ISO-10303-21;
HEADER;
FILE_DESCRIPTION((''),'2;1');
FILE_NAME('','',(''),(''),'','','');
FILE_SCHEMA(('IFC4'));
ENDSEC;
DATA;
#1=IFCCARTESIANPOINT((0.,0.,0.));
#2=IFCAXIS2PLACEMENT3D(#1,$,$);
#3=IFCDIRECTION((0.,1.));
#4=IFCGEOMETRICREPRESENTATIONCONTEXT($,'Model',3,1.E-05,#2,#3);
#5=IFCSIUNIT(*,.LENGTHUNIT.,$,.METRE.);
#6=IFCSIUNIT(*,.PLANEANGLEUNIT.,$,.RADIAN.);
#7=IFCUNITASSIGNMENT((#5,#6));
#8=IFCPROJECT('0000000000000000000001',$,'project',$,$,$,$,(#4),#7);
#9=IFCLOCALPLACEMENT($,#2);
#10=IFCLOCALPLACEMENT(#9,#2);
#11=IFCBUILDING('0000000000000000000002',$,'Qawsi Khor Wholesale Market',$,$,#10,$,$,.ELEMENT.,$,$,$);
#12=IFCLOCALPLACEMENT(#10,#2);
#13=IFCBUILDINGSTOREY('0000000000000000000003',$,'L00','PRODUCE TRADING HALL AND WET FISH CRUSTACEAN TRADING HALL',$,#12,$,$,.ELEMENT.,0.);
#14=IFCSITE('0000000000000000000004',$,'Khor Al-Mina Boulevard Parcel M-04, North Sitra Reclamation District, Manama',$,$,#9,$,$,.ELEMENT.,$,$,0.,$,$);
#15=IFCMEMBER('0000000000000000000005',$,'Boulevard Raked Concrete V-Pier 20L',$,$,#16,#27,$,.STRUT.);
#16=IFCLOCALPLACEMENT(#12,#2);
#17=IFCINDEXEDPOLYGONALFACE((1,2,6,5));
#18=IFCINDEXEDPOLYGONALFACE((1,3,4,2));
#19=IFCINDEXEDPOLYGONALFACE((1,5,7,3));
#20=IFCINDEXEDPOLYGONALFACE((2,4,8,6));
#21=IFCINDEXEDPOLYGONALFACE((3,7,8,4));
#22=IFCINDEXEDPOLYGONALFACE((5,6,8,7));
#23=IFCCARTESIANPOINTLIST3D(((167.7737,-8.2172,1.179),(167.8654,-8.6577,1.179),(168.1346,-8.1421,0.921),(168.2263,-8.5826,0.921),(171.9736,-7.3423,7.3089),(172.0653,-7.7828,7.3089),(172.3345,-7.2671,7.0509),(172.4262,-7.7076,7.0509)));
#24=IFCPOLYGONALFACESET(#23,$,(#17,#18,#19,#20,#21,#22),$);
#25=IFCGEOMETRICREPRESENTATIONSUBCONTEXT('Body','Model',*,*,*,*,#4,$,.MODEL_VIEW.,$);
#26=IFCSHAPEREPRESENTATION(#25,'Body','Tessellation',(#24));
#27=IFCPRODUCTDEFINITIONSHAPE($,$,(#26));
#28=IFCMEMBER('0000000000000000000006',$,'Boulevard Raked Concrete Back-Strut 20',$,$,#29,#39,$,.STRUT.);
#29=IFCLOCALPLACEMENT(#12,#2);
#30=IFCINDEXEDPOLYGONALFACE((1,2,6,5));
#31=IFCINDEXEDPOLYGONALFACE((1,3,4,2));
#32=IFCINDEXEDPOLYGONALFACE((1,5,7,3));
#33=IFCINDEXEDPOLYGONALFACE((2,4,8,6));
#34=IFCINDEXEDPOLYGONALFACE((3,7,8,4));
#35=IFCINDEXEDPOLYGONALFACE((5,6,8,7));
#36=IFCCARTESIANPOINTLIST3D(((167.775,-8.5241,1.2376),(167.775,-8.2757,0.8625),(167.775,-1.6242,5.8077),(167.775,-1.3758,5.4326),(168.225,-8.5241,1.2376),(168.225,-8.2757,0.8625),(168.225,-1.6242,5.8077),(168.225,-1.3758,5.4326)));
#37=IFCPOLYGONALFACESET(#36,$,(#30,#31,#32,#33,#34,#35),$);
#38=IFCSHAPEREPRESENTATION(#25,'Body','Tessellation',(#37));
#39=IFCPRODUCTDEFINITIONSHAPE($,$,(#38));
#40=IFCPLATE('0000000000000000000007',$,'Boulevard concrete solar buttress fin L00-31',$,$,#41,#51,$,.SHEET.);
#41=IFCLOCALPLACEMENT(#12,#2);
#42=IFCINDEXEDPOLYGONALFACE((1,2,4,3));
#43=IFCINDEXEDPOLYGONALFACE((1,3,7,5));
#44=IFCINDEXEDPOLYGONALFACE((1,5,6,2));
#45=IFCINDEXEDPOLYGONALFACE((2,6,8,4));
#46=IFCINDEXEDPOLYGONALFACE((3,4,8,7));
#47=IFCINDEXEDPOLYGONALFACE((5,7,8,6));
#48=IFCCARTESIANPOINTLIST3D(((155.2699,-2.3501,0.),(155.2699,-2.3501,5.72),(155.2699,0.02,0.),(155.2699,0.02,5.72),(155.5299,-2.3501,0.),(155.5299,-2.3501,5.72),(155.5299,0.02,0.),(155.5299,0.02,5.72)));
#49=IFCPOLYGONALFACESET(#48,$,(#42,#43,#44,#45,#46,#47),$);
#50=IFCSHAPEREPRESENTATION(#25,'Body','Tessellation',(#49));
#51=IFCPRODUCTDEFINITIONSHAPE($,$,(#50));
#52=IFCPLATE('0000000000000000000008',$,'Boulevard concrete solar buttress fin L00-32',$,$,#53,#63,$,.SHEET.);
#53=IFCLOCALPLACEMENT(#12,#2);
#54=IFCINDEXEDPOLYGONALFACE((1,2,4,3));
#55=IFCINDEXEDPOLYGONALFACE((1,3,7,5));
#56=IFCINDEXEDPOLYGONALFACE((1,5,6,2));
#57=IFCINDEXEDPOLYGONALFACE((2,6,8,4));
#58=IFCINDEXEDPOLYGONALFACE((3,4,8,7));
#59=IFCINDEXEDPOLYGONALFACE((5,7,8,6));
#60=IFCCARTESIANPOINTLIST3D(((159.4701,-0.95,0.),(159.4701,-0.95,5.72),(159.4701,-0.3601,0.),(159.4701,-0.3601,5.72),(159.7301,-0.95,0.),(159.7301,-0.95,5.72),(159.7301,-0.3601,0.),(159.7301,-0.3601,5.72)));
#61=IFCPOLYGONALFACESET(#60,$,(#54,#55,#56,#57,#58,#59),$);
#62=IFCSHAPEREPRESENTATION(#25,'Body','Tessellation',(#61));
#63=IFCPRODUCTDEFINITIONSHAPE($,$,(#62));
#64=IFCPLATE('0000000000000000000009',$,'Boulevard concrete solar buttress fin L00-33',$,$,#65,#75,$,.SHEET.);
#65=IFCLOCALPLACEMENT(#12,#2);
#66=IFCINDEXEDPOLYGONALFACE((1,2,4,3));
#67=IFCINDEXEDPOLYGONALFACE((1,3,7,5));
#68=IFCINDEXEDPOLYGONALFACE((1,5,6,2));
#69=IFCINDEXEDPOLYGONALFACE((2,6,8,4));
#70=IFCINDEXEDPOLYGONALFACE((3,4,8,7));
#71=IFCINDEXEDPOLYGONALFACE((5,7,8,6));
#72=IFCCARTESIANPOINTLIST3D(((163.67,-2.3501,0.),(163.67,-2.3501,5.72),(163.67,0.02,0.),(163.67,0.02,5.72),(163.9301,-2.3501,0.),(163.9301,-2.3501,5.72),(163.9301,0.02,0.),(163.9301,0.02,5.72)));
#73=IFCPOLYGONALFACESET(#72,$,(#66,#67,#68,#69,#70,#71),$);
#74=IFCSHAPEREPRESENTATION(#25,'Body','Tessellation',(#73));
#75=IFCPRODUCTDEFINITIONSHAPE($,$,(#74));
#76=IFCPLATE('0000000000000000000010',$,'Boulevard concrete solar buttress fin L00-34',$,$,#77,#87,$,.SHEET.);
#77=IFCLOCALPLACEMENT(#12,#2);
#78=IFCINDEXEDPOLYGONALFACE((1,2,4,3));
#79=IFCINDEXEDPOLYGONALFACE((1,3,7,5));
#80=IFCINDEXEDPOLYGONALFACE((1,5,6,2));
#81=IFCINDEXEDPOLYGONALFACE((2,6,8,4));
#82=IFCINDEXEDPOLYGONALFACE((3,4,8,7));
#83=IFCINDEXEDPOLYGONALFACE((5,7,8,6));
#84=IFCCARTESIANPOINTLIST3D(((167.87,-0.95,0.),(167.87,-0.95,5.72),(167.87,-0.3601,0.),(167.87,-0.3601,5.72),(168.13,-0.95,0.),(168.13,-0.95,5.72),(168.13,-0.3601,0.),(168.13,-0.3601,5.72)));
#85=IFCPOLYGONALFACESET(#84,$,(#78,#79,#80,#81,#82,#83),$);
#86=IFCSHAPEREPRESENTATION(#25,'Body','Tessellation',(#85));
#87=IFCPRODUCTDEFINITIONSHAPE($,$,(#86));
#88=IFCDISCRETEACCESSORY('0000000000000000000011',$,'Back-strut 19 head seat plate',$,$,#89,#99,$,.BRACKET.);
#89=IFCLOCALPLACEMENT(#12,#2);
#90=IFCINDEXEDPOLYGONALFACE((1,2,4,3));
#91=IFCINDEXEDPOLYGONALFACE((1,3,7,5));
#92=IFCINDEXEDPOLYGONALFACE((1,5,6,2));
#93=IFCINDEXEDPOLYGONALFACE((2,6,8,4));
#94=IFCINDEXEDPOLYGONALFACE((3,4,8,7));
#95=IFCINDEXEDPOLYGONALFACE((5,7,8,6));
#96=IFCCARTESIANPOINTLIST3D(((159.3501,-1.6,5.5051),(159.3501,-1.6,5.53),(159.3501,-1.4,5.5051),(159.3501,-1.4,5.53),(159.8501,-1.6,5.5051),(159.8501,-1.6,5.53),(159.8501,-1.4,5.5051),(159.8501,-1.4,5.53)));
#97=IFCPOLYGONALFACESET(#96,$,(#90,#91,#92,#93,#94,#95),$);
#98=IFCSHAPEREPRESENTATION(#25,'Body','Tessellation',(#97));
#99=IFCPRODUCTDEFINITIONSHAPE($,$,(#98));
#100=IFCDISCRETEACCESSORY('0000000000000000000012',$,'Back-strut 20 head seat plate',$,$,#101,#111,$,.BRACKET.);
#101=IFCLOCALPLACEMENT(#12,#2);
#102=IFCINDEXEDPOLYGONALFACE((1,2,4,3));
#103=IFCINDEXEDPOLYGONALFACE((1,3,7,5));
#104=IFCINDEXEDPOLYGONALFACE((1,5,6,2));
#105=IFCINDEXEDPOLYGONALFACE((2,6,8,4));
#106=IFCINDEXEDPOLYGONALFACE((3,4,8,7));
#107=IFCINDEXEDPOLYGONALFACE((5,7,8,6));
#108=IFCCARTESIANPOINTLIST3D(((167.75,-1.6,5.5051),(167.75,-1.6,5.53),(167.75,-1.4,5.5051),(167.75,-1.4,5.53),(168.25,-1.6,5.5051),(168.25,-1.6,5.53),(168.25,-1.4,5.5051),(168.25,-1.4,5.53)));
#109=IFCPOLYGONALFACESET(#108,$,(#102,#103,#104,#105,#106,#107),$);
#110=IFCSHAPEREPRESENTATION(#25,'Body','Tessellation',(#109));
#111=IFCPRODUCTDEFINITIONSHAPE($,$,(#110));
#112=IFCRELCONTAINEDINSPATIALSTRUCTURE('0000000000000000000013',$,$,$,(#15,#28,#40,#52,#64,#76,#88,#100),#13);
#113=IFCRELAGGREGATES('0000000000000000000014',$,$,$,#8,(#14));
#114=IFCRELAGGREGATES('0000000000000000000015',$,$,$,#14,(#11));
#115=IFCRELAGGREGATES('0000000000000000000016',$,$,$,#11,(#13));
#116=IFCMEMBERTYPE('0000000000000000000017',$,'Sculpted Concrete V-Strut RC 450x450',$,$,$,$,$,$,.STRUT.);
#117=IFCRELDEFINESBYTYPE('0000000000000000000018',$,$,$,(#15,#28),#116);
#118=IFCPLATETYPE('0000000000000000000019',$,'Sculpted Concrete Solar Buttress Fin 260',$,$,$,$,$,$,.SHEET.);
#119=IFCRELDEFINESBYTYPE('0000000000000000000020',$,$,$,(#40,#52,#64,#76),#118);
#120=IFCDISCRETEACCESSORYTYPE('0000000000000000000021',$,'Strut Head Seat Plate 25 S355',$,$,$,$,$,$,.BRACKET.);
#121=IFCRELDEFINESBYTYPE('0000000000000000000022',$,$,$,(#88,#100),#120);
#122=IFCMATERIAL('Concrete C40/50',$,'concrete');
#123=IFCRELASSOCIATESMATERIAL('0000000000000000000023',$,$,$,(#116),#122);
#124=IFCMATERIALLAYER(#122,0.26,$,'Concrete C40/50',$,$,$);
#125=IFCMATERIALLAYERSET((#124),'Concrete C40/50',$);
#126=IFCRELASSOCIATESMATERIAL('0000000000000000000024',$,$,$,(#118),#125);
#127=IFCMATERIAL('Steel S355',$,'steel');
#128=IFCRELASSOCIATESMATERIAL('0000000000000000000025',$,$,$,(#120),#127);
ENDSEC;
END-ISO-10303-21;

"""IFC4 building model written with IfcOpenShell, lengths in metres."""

from ifc_helpers import new_model, si_unit, direction, frame, frame_2d, origin, origin_2d, place, context, subcontext, project, spatial, rectangle, extrude, material, layer, layer_set, material_profile, profile_set, type_object, element, save


model = new_model("IFC4")

# Units and contexts
model_context = context("Model", 3, precision=1e-05, world=origin(), true_north=direction((0.0, 1.0)))
body_context = subcontext(model_context, "Body", "Model", "MODEL_VIEW")
ifc_project = project(units=[si_unit("LENGTHUNIT", "METRE"), si_unit("PLANEANGLEUNIT", "RADIAN")], contexts=[model_context])

# Site, building, storey
site_placement = place(None, origin())
site = spatial("IfcSite", under=ifc_project, at=site_placement, Name="Khor Al-Mina Boulevard Parcel M-04, North Sitra Reclamation District, Manama", CompositionType="ELEMENT", RefElevation=0.0)
building_placement = place(site_placement, origin())
building = spatial("IfcBuilding", under=site, at=building_placement, Name="Qawsi Khor Wholesale Market", CompositionType="ELEMENT")
storey_placement = place(building_placement, origin())
storey = spatial("IfcBuildingStorey", under=building, at=storey_placement, Name="L00", Description="PRODUCE TRADING HALL AND WET FISH CRUSTACEAN TRADING HALL", CompositionType="ELEMENT", Elevation=0.0)

# Shared definitions
ifc_material_1 = material(Name="Concrete C40/50", Category="concrete")

# Members
ifc_material_profile_1 = material_profile(ifc_material_1, rectangle(XDim=0.45, YDim=0.45, at=origin_2d()), Name="RC 450x450")
ifc_profile_set_1 = profile_set([ifc_material_profile_1], Name="Concrete C40/50")
member_type = type_object("IfcMemberType", Name="Sculpted Concrete V-Strut RC 450x450", PredefinedType="STRUT", material=ifc_profile_set_1)
member_1_placement = place(storey_placement, frame((168.0, -8.3999, 1.05), z_axis=(0.561339, 0.116947, 0.819281), x_axis=(-0.203957, 0.97898, 0.0)))
element("IfcMember", 1, at=member_1_placement, inside=storey, type_object=member_type, Name="Boulevard Raked Concrete V-Pier 20L", PredefinedType="STRUT", context=body_context, shape_type="SweptSolid", body=[
    extrude(rectangle(XDim=0.45, YDim=0.45, at=origin_2d()), origin(), (0.0, 0.0, 1.0), 7.4819),
])
member_2_placement = place(storey_placement, frame((168.0, -8.3999, 1.05), z_axis=(0.0, 0.833712, 0.552199), x_axis=(-1.0, 0.0, 0.0)))
element("IfcMember", 2, at=member_2_placement, inside=storey, type_object=member_type, Name="Boulevard Raked Concrete Back-Strut 20", PredefinedType="STRUT", context=body_context, shape_type="SweptSolid", body=[
    extrude(rectangle(XDim=0.45, YDim=0.45, at=origin_2d()), origin(), (0.0, 0.0, 1.0), 8.2761),
])

# Plates
ifc_layer_1 = layer(ifc_material_1, 0.26, Name="Concrete C40/50")
ifc_layer_set_1 = layer_set([ifc_layer_1], Name="Concrete C40/50")
plate_type = type_object("IfcPlateType", Name="Sculpted Concrete Solar Buttress Fin 260", PredefinedType="SHEET", material=ifc_layer_set_1)
plate_1_placement = place(storey_placement, frame((155.3999, -2.3501, 0.0), z_axis=(0.0, 0.0, 1.0), x_axis=(0.0, 1.0, 0.0)))
element("IfcPlate", 3, at=plate_1_placement, inside=storey, type_object=plate_type, Name="Boulevard concrete solar buttress fin L00-31", PredefinedType="SHEET", context=body_context, shape_type="SweptSolid", body=[
    extrude(rectangle(XDim=2.3701, YDim=0.26, at=frame_2d((1.1851, 0.0))), origin(), (0.0, 0.0, 1.0), 5.72),
])
plate_2_placement = place(storey_placement, frame((159.6001, -0.95, 0.0), z_axis=(0.0, 0.0, 1.0), x_axis=(0.0, 1.0, 0.0)))
element("IfcPlate", 4, at=plate_2_placement, inside=storey, type_object=plate_type, Name="Boulevard concrete solar buttress fin L00-32", PredefinedType="SHEET", context=body_context, shape_type="SweptSolid", body=[
    extrude(rectangle(XDim=0.5898, YDim=0.26, at=frame_2d((0.2949, 0.0))), origin(), (0.0, 0.0, 1.0), 5.72),
])
plate_3_placement = place(storey_placement, frame((163.8, -2.3501, 0.0), z_axis=(0.0, 0.0, 1.0), x_axis=(0.0, 1.0, 0.0)))
element("IfcPlate", 5, at=plate_3_placement, inside=storey, type_object=plate_type, Name="Boulevard concrete solar buttress fin L00-33", PredefinedType="SHEET", context=body_context, shape_type="SweptSolid", body=[
    extrude(rectangle(XDim=2.3701, YDim=0.26, at=frame_2d((1.1851, 0.0))), origin(), (0.0, 0.0, 1.0), 5.72),
])
plate_4_placement = place(storey_placement, frame((168.0, -0.95, 0.0), z_axis=(0.0, 0.0, 1.0), x_axis=(0.0, 1.0, 0.0)))
element("IfcPlate", 6, at=plate_4_placement, inside=storey, type_object=plate_type, Name="Boulevard concrete solar buttress fin L00-34", PredefinedType="SHEET", context=body_context, shape_type="SweptSolid", body=[
    extrude(rectangle(XDim=0.5898, YDim=0.26, at=frame_2d((0.2949, 0.0))), origin(), (0.0, 0.0, 1.0), 5.72),
])

# Discrete accessories
ifc_material_2 = material(Name="Steel S355", Category="steel")
discrete_accessory_type = type_object("IfcDiscreteAccessoryType", Name="Strut Head Seat Plate 25 S355", PredefinedType="BRACKET", material=ifc_material_2)
for number, where, z_axis, x_axis, name in (
    (7, (159.6001, -1.5, 5.5051), (0.0, 0.0, 1.0), (1.0, 0.0, 0.0), "Back-strut 19 head seat plate"),
    (8, (168.0, -1.5, 5.5051), (0.0, 0.0, 1.0), (1.0, 0.0, 0.0), "Back-strut 20 head seat plate"),
):
    element("IfcDiscreteAccessory", number, at=place(storey_placement, frame(where, z_axis=z_axis, x_axis=x_axis)), inside=storey, type_object=discrete_accessory_type, Name=name, PredefinedType="BRACKET", context=body_context, shape_type="SweptSolid", body=[
        extrude(rectangle(XDim=0.5, YDim=0.2, at=origin_2d()), origin(), (0.0, 0.0, 1.0), 0.0249),
    ])

save(model, "model.ifc")
